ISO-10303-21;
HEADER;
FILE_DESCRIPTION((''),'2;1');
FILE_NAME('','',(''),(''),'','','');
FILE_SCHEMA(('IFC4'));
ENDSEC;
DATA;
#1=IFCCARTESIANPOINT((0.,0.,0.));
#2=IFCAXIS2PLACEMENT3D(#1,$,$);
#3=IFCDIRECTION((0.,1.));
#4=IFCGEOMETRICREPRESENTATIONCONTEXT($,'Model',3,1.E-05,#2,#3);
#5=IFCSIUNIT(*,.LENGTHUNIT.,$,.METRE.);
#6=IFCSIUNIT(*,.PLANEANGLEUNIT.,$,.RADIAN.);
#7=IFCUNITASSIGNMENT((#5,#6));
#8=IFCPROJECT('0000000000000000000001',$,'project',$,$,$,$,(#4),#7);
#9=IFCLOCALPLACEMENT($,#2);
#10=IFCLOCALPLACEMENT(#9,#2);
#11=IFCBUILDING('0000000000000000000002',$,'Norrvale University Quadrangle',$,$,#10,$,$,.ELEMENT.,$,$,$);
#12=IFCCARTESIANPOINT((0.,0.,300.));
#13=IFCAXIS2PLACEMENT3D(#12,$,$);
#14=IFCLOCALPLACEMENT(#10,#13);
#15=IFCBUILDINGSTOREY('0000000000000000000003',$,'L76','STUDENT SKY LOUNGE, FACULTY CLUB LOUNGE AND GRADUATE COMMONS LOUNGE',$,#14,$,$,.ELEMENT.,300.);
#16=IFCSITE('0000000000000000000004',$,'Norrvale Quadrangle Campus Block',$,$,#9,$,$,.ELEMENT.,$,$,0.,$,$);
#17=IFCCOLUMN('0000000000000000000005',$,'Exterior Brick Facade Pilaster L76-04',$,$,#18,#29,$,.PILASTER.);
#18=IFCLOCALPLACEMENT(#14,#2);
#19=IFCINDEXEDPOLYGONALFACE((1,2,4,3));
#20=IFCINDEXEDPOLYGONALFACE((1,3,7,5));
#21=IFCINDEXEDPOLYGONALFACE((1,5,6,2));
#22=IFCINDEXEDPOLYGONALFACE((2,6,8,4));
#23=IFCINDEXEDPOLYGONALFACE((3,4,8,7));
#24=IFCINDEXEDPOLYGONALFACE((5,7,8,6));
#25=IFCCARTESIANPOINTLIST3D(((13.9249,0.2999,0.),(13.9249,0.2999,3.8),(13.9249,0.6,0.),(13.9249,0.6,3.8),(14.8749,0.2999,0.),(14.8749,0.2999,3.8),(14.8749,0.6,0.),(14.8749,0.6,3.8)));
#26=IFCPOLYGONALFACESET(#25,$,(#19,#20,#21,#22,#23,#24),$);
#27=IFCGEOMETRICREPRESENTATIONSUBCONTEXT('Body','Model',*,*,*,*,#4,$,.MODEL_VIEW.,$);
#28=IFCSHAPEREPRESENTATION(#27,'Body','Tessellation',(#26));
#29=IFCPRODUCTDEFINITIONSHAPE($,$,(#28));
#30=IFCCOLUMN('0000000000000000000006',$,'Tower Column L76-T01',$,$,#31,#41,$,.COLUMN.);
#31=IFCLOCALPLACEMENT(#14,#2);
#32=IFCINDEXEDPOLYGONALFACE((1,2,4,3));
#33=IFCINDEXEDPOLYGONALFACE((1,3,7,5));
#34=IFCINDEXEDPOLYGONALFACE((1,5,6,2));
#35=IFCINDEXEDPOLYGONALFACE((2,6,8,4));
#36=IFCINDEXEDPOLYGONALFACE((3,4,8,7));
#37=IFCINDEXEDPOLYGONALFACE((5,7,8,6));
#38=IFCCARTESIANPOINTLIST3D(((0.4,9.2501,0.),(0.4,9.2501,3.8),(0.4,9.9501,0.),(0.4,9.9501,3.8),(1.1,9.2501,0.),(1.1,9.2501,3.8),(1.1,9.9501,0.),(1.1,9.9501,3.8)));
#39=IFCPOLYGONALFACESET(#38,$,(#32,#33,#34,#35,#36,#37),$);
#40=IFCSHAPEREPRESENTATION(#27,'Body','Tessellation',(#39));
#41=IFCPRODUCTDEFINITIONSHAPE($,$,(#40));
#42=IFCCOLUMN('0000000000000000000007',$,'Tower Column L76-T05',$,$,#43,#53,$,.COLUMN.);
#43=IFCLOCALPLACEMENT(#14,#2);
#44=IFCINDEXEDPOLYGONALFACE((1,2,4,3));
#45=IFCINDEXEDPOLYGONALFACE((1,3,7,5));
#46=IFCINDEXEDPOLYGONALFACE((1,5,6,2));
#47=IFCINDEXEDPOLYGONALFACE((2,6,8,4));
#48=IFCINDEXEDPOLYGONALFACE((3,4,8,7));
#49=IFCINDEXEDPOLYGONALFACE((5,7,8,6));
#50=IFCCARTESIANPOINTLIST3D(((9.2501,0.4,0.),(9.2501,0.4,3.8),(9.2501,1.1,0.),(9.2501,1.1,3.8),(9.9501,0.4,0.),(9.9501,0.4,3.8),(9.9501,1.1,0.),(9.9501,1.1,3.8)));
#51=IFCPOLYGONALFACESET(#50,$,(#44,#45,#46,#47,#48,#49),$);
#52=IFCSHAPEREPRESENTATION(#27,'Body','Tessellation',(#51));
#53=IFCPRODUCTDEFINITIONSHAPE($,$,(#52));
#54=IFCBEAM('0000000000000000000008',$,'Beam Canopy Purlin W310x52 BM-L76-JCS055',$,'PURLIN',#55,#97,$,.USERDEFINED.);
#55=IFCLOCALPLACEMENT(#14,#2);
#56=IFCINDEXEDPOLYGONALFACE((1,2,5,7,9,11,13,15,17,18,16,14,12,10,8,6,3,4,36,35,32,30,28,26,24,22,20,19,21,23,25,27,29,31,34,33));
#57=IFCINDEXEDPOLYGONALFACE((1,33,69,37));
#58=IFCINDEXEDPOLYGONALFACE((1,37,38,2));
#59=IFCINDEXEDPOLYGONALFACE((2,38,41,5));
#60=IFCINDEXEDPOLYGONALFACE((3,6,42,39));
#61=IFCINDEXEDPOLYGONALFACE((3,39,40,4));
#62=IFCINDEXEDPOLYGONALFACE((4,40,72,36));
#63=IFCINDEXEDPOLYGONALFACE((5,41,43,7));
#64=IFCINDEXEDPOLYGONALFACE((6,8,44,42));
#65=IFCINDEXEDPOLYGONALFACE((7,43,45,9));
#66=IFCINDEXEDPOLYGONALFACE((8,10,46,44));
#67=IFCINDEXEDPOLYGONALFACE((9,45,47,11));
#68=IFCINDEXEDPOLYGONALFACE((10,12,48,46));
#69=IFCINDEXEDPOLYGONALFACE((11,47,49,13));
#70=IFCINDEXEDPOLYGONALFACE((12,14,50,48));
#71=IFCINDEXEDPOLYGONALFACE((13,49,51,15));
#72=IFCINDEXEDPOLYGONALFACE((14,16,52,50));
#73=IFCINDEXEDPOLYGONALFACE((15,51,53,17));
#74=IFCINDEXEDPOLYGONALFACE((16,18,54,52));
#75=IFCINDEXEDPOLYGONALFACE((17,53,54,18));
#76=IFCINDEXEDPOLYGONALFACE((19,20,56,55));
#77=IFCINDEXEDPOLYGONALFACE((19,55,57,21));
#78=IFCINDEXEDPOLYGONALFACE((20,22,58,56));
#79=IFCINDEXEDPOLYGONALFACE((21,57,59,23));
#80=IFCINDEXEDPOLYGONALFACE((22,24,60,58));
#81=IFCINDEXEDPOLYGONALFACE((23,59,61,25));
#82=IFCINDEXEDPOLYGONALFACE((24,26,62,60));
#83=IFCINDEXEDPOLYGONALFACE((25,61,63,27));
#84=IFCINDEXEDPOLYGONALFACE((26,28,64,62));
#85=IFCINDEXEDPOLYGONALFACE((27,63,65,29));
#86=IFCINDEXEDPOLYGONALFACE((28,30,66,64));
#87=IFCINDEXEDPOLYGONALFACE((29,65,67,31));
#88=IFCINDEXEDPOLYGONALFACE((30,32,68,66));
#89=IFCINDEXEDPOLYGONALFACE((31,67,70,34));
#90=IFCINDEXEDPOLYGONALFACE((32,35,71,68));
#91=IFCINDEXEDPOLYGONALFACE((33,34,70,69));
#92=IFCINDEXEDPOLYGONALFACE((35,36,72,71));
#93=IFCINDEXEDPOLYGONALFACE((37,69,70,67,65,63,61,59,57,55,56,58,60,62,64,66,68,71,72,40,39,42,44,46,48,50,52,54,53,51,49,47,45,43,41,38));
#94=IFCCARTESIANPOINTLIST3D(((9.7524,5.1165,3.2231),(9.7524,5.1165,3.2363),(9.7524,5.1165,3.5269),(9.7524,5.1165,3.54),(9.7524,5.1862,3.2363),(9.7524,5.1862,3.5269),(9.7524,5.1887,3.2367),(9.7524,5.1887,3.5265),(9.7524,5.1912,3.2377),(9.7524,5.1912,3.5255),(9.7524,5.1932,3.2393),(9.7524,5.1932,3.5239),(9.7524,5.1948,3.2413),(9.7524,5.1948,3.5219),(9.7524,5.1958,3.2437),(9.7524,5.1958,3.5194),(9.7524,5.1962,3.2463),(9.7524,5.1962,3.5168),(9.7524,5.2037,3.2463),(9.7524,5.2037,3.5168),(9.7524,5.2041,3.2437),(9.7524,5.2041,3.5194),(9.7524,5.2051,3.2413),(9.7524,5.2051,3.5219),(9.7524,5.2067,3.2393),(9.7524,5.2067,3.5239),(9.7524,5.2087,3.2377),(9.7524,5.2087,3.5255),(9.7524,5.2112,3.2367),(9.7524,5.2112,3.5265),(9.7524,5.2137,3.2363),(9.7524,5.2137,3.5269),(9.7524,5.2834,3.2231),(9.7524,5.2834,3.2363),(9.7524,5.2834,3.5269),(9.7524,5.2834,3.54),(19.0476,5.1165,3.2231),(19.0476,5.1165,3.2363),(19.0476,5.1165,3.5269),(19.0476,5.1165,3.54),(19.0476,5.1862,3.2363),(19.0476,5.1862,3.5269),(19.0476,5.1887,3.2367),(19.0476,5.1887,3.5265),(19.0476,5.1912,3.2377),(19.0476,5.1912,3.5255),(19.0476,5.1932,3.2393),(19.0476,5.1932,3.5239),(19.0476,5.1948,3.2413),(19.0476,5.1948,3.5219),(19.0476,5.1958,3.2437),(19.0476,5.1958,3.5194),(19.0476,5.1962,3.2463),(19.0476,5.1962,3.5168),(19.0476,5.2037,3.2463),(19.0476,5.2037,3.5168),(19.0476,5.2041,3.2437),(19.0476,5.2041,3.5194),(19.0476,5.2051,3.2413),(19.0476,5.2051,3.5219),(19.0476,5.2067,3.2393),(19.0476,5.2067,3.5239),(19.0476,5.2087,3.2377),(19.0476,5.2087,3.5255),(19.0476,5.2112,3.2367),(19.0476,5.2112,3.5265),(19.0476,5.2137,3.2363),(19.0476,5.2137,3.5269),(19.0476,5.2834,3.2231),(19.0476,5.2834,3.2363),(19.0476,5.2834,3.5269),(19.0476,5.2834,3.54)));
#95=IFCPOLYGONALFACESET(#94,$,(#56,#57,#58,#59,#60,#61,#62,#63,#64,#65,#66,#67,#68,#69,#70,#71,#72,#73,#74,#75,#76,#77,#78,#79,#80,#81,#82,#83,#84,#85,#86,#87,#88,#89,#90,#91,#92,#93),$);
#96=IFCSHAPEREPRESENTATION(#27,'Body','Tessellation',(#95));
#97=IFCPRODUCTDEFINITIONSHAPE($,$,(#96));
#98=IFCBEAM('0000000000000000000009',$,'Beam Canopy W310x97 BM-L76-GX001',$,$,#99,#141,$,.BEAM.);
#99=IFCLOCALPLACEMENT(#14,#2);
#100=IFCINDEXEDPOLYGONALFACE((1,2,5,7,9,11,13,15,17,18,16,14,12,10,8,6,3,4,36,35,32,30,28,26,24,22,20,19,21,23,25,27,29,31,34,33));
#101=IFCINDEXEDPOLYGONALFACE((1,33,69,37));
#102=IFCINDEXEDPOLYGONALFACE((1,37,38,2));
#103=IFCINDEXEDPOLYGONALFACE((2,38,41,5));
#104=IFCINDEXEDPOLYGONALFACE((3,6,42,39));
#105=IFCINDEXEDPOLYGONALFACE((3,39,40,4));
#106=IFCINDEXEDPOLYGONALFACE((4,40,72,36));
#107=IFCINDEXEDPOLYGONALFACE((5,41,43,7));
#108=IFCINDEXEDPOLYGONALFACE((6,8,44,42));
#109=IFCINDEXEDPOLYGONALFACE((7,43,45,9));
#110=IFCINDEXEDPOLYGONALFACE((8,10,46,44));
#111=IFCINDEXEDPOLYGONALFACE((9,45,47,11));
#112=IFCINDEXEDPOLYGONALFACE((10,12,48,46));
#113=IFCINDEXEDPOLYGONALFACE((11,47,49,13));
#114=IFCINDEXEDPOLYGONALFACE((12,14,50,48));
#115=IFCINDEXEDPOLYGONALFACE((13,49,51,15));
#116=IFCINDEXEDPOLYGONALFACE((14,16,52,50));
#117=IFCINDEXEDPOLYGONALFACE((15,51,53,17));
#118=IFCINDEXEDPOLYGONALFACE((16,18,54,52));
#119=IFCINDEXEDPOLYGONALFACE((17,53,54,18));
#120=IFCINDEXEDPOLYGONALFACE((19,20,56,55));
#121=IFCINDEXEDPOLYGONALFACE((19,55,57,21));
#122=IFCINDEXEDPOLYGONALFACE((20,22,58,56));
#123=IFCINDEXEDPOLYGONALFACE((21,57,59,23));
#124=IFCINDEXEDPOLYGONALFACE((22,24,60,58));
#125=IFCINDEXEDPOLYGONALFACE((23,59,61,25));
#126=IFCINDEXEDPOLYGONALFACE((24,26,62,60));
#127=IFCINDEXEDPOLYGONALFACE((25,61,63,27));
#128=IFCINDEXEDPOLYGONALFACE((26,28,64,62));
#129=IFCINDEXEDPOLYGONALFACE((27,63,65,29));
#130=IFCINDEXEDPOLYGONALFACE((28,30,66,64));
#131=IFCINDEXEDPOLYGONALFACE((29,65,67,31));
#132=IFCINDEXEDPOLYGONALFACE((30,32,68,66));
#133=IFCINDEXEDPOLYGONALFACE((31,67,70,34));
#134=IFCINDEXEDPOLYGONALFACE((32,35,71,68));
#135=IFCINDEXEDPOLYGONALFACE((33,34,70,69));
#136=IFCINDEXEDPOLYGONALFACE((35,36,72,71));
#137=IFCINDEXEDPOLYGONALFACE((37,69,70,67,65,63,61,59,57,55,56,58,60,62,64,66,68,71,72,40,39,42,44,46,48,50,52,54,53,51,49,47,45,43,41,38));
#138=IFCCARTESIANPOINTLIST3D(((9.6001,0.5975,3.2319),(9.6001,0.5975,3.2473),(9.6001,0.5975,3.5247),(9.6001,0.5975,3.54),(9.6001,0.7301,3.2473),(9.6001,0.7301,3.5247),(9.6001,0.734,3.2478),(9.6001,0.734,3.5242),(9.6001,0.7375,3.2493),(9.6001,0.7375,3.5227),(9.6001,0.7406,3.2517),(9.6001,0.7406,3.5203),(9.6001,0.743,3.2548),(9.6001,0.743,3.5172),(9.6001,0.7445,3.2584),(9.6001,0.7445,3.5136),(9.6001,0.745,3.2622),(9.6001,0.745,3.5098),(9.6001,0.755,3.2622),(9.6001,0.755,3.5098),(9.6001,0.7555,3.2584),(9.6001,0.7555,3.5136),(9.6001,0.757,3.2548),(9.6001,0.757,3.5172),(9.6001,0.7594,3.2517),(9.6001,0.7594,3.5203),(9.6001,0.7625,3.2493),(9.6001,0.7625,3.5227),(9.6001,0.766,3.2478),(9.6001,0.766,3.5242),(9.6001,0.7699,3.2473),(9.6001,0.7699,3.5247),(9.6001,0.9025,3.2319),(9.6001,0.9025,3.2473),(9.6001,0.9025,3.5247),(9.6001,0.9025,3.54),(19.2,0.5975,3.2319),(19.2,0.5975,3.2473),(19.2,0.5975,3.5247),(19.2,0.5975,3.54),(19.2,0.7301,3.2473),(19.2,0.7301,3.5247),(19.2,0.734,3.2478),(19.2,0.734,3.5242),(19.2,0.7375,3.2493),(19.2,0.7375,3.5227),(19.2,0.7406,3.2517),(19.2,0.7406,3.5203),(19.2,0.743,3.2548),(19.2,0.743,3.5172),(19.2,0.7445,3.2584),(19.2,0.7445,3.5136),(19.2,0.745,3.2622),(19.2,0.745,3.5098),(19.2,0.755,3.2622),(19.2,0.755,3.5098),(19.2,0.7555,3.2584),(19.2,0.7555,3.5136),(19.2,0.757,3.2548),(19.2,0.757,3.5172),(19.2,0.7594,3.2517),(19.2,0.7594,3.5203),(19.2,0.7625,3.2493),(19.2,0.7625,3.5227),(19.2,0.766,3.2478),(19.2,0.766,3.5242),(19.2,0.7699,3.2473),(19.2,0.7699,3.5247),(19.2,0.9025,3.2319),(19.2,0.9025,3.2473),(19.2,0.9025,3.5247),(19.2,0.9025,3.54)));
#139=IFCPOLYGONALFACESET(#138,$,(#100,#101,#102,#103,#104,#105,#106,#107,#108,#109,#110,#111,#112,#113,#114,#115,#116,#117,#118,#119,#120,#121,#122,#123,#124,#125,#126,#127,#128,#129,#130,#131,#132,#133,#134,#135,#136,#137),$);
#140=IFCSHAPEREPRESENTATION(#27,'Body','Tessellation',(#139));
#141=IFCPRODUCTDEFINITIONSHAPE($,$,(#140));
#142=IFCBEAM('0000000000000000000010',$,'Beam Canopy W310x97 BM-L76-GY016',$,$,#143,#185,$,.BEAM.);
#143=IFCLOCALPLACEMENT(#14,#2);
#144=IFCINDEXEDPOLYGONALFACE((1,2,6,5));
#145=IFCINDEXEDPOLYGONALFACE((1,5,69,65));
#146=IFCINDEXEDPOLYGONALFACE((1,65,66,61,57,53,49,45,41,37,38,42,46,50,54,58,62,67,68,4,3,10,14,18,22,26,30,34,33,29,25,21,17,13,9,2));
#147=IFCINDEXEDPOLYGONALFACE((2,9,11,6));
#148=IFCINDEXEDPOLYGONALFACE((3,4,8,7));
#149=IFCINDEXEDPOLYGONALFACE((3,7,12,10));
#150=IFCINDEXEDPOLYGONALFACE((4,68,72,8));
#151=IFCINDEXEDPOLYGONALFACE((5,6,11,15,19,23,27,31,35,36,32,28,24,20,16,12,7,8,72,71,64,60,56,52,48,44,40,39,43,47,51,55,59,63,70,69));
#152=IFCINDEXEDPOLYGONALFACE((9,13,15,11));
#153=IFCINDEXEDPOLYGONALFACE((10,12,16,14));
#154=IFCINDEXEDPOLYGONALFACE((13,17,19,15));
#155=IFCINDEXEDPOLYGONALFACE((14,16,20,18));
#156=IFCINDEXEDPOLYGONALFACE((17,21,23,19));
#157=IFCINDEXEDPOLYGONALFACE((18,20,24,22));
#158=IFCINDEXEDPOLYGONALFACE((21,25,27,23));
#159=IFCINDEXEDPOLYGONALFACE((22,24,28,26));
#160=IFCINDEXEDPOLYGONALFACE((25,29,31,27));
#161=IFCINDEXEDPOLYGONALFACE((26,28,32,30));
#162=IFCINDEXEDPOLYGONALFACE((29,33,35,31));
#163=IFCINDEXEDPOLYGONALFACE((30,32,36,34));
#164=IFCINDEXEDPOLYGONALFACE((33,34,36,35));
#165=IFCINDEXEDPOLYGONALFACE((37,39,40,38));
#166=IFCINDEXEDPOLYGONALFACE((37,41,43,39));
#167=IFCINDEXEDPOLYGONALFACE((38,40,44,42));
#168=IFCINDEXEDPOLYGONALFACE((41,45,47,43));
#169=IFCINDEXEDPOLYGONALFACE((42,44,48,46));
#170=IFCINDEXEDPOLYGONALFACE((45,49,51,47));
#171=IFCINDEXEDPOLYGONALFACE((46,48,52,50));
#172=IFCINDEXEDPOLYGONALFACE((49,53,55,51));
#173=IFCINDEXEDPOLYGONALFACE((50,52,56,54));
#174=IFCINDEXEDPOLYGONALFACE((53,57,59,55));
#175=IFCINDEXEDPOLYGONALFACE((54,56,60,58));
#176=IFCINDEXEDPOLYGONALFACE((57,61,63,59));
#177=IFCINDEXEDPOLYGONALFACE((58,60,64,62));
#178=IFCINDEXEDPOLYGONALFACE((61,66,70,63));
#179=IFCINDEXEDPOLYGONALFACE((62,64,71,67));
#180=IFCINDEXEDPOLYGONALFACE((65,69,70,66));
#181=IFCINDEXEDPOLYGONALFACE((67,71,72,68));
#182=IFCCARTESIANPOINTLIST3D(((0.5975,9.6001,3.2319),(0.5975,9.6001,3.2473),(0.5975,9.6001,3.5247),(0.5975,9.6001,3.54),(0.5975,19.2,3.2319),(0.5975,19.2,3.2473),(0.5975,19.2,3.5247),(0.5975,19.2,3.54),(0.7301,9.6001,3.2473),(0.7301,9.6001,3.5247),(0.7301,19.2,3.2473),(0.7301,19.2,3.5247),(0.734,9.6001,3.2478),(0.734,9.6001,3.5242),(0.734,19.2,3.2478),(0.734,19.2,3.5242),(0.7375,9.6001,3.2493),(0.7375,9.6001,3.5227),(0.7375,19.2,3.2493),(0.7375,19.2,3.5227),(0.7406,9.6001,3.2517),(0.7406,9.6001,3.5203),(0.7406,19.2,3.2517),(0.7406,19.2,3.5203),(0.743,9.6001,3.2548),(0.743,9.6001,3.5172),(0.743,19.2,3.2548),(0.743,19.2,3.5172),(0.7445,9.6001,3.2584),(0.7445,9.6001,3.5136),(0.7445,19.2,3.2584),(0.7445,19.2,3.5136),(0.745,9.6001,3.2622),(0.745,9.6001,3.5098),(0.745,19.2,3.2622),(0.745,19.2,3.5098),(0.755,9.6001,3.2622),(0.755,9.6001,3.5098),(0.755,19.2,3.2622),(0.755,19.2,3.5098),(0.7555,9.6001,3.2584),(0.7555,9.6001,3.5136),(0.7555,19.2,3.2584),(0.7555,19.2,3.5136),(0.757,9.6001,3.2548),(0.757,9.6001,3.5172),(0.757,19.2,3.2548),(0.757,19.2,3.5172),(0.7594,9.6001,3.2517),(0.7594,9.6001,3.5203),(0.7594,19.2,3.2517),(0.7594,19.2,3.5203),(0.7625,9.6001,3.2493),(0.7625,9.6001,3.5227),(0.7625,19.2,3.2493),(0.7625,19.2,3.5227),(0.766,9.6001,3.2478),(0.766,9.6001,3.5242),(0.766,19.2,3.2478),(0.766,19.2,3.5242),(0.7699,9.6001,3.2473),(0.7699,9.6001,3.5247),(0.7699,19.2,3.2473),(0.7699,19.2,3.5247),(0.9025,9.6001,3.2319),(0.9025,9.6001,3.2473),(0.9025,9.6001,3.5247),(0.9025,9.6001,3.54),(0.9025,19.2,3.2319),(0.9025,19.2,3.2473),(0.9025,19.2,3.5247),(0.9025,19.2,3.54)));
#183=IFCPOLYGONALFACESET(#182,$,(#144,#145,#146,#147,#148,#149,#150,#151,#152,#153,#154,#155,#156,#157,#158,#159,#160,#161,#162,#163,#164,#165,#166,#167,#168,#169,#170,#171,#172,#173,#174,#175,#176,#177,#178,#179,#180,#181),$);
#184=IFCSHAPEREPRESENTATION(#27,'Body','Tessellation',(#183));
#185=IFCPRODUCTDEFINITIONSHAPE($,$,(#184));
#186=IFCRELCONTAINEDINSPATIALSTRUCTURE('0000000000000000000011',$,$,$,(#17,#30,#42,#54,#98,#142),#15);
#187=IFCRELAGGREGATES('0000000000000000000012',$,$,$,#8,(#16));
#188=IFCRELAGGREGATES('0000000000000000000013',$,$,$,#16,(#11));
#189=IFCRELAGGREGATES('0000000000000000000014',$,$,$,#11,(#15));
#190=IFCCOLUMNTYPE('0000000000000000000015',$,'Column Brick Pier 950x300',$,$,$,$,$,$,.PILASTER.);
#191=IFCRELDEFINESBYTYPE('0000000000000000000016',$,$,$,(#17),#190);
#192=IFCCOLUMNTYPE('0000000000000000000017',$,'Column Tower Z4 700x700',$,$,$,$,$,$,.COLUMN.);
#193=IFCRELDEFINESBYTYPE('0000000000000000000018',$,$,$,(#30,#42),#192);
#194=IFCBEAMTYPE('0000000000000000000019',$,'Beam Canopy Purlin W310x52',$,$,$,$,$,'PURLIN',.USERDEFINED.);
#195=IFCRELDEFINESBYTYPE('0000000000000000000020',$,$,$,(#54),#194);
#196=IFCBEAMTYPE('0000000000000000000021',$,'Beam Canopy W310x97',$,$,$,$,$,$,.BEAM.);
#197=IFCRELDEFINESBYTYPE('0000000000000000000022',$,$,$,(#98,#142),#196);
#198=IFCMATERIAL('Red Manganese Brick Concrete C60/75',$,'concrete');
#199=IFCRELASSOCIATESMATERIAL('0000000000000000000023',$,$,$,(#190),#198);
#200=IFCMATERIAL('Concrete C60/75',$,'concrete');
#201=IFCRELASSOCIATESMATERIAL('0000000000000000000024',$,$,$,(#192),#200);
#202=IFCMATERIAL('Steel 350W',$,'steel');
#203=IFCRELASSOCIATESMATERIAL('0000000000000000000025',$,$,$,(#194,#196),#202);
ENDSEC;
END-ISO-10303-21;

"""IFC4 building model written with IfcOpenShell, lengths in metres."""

from ifc_helpers import new_model, si_unit, direction, frame, origin, origin_2d, place, context, subcontext, project, spatial, rectangle, i_section, extrude, material, material_profile, profile_set, type_object, element, save


model = new_model("IFC4")

# Units and contexts
model_context = context("Model", 3, precision=1e-05, world=origin(), true_north=direction((0.0, 1.0)))
body_context = subcontext(model_context, "Body", "Model", "MODEL_VIEW")
ifc_project = project(units=[si_unit("LENGTHUNIT", "METRE"), si_unit("PLANEANGLEUNIT", "RADIAN")], contexts=[model_context])

# Site, building, storey
site_placement = place(None, origin())
site = spatial("IfcSite", under=ifc_project, at=site_placement, Name="Norrvale Quadrangle Campus Block", CompositionType="ELEMENT", RefElevation=0.0)
building_placement = place(site_placement, origin())
building = spatial("IfcBuilding", under=site, at=building_placement, Name="Norrvale University Quadrangle", CompositionType="ELEMENT")
storey_placement = place(building_placement, frame((0.0, 0.0, 300.0)))
storey = spatial("IfcBuildingStorey", under=building, at=storey_placement, Name="L76", Description="STUDENT SKY LOUNGE, FACULTY CLUB LOUNGE AND GRADUATE COMMONS LOUNGE", CompositionType="ELEMENT", Elevation=300.0)

# Columns
ifc_material_1 = material(Name="Red Manganese Brick Concrete C60/75", Category="concrete")
ifc_material_profile_1 = material_profile(ifc_material_1, rectangle(XDim=0.95, YDim=0.3, at=origin_2d()), Name="Red Manganese Brick Concrete C60/75")
ifc_profile_set_1 = profile_set([ifc_material_profile_1], Name="Red Manganese Brick Concrete C60/75")
column_type_1 = type_object("IfcColumnType", Name="Column Brick Pier 950x300", PredefinedType="PILASTER", material=ifc_profile_set_1)
column_placement = place(storey_placement, frame((14.3999, 0.45, 0.0), z_axis=(0.0, 0.0, 1.0), x_axis=(1.0, 0.0, 0.0)))
element("IfcColumn", 1, at=column_placement, inside=storey, type_object=column_type_1, Name="Exterior Brick Facade Pilaster L76-04", PredefinedType="PILASTER", context=body_context, shape_type="SweptSolid", body=[
    extrude(rectangle(XDim=0.95, YDim=0.3, at=origin_2d()), origin(), (0.0, 0.0, 1.0), 3.8),
])
ifc_material_2 = material(Name="Concrete C60/75", Category="concrete")
ifc_material_profile_2 = material_profile(ifc_material_2, rectangle(XDim=0.7, YDim=0.7, at=origin_2d()), Name="Concrete C60/75")
ifc_profile_set_2 = profile_set([ifc_material_profile_2], Name="Concrete C60/75")
column_type_2 = type_object("IfcColumnType", Name="Column Tower Z4 700x700", PredefinedType="COLUMN", material=ifc_profile_set_2)
for number, where, z_axis, x_axis, name in (
    (2, (0.75, 9.6001, 0.0), (0.0, 0.0, 1.0), (1.0, 0.0, 0.0), "Tower Column L76-T01"),
    (3, (9.6001, 0.75, 0.0), (0.0, 0.0, 1.0), (1.0, 0.0, 0.0), "Tower Column L76-T05"),
):
    element("IfcColumn", number, at=place(storey_placement, frame(where, z_axis=z_axis, x_axis=x_axis)), inside=storey, type_object=column_type_2, Name=name, PredefinedType="COLUMN", context=body_context, shape_type="SweptSolid", body=[
        extrude(rectangle(XDim=0.7, YDim=0.7, at=origin_2d()), origin(), (0.0, 0.0, 1.0), 3.8),
    ])

# Beams
ifc_material_3 = material(Name="Steel 350W", Category="steel")
ifc_material_profile_3 = material_profile(ifc_material_3, i_section(OverallWidth=0.167, OverallDepth=0.3169, WebThickness=0.0076, FlangeThickness=0.0132, FilletRadius=0.01, at=origin_2d()), Name="Steel 350W")
ifc_profile_set_3 = profile_set([ifc_material_profile_3], Name="Steel 350W")
beam_type_1 = type_object("IfcBeamType", Name="Beam Canopy Purlin W310x52", ElementType="PURLIN", PredefinedType="USERDEFINED", material=ifc_profile_set_3)
beam_1_placement = place(storey_placement, frame((9.7524, 5.2, 3.3816), z_axis=(1.0, 0.0, 0.0), x_axis=(0.0, 1.0, 0.0)))
element("IfcBeam", 4, at=beam_1_placement, inside=storey, type_object=beam_type_1, Name="Beam Canopy Purlin W310x52 BM-L76-JCS055", ObjectType="PURLIN", PredefinedType="USERDEFINED", context=body_context, shape_type="SweptSolid", body=[
    extrude(i_section(OverallWidth=0.167, OverallDepth=0.3169, WebThickness=0.0076, FlangeThickness=0.0132, FilletRadius=0.01, at=origin_2d()), origin(), (0.0, 0.0, 1.0), 9.2952),
])
ifc_material_profile_4 = material_profile(ifc_material_3, i_section(OverallWidth=0.3049, OverallDepth=0.3081, WebThickness=0.01, FlangeThickness=0.0154, FilletRadius=0.0149, at=origin_2d()), Name="Steel 350W")
ifc_profile_set_4 = profile_set([ifc_material_profile_4], Name="Steel 350W")
beam_type_2 = type_object("IfcBeamType", Name="Beam Canopy W310x97", PredefinedType="BEAM", material=ifc_profile_set_4)
for number, where, z_axis, x_axis, name in (
    (5, (9.6001, 0.75, 3.386), (1.0, 0.0, 0.0), (0.0, 1.0, 0.0), "Beam Canopy W310x97 BM-L76-GX001"),
    (6, (0.75, 9.6001, 3.386), (0.0, 1.0, 0.0), (-1.0, 0.0, 0.0), "Beam Canopy W310x97 BM-L76-GY016"),
):
    element("IfcBeam", number, at=place(storey_placement, frame(where, z_axis=z_axis, x_axis=x_axis)), inside=storey, type_object=beam_type_2, Name=name, PredefinedType="BEAM", context=body_context, shape_type="SweptSolid", body=[
        extrude(i_section(OverallWidth=0.3049, OverallDepth=0.3081, WebThickness=0.01, FlangeThickness=0.0154, FilletRadius=0.0149, at=origin_2d()), origin(), (0.0, 0.0, 1.0), 9.5999),
    ])

save(model, "model.ifc")
